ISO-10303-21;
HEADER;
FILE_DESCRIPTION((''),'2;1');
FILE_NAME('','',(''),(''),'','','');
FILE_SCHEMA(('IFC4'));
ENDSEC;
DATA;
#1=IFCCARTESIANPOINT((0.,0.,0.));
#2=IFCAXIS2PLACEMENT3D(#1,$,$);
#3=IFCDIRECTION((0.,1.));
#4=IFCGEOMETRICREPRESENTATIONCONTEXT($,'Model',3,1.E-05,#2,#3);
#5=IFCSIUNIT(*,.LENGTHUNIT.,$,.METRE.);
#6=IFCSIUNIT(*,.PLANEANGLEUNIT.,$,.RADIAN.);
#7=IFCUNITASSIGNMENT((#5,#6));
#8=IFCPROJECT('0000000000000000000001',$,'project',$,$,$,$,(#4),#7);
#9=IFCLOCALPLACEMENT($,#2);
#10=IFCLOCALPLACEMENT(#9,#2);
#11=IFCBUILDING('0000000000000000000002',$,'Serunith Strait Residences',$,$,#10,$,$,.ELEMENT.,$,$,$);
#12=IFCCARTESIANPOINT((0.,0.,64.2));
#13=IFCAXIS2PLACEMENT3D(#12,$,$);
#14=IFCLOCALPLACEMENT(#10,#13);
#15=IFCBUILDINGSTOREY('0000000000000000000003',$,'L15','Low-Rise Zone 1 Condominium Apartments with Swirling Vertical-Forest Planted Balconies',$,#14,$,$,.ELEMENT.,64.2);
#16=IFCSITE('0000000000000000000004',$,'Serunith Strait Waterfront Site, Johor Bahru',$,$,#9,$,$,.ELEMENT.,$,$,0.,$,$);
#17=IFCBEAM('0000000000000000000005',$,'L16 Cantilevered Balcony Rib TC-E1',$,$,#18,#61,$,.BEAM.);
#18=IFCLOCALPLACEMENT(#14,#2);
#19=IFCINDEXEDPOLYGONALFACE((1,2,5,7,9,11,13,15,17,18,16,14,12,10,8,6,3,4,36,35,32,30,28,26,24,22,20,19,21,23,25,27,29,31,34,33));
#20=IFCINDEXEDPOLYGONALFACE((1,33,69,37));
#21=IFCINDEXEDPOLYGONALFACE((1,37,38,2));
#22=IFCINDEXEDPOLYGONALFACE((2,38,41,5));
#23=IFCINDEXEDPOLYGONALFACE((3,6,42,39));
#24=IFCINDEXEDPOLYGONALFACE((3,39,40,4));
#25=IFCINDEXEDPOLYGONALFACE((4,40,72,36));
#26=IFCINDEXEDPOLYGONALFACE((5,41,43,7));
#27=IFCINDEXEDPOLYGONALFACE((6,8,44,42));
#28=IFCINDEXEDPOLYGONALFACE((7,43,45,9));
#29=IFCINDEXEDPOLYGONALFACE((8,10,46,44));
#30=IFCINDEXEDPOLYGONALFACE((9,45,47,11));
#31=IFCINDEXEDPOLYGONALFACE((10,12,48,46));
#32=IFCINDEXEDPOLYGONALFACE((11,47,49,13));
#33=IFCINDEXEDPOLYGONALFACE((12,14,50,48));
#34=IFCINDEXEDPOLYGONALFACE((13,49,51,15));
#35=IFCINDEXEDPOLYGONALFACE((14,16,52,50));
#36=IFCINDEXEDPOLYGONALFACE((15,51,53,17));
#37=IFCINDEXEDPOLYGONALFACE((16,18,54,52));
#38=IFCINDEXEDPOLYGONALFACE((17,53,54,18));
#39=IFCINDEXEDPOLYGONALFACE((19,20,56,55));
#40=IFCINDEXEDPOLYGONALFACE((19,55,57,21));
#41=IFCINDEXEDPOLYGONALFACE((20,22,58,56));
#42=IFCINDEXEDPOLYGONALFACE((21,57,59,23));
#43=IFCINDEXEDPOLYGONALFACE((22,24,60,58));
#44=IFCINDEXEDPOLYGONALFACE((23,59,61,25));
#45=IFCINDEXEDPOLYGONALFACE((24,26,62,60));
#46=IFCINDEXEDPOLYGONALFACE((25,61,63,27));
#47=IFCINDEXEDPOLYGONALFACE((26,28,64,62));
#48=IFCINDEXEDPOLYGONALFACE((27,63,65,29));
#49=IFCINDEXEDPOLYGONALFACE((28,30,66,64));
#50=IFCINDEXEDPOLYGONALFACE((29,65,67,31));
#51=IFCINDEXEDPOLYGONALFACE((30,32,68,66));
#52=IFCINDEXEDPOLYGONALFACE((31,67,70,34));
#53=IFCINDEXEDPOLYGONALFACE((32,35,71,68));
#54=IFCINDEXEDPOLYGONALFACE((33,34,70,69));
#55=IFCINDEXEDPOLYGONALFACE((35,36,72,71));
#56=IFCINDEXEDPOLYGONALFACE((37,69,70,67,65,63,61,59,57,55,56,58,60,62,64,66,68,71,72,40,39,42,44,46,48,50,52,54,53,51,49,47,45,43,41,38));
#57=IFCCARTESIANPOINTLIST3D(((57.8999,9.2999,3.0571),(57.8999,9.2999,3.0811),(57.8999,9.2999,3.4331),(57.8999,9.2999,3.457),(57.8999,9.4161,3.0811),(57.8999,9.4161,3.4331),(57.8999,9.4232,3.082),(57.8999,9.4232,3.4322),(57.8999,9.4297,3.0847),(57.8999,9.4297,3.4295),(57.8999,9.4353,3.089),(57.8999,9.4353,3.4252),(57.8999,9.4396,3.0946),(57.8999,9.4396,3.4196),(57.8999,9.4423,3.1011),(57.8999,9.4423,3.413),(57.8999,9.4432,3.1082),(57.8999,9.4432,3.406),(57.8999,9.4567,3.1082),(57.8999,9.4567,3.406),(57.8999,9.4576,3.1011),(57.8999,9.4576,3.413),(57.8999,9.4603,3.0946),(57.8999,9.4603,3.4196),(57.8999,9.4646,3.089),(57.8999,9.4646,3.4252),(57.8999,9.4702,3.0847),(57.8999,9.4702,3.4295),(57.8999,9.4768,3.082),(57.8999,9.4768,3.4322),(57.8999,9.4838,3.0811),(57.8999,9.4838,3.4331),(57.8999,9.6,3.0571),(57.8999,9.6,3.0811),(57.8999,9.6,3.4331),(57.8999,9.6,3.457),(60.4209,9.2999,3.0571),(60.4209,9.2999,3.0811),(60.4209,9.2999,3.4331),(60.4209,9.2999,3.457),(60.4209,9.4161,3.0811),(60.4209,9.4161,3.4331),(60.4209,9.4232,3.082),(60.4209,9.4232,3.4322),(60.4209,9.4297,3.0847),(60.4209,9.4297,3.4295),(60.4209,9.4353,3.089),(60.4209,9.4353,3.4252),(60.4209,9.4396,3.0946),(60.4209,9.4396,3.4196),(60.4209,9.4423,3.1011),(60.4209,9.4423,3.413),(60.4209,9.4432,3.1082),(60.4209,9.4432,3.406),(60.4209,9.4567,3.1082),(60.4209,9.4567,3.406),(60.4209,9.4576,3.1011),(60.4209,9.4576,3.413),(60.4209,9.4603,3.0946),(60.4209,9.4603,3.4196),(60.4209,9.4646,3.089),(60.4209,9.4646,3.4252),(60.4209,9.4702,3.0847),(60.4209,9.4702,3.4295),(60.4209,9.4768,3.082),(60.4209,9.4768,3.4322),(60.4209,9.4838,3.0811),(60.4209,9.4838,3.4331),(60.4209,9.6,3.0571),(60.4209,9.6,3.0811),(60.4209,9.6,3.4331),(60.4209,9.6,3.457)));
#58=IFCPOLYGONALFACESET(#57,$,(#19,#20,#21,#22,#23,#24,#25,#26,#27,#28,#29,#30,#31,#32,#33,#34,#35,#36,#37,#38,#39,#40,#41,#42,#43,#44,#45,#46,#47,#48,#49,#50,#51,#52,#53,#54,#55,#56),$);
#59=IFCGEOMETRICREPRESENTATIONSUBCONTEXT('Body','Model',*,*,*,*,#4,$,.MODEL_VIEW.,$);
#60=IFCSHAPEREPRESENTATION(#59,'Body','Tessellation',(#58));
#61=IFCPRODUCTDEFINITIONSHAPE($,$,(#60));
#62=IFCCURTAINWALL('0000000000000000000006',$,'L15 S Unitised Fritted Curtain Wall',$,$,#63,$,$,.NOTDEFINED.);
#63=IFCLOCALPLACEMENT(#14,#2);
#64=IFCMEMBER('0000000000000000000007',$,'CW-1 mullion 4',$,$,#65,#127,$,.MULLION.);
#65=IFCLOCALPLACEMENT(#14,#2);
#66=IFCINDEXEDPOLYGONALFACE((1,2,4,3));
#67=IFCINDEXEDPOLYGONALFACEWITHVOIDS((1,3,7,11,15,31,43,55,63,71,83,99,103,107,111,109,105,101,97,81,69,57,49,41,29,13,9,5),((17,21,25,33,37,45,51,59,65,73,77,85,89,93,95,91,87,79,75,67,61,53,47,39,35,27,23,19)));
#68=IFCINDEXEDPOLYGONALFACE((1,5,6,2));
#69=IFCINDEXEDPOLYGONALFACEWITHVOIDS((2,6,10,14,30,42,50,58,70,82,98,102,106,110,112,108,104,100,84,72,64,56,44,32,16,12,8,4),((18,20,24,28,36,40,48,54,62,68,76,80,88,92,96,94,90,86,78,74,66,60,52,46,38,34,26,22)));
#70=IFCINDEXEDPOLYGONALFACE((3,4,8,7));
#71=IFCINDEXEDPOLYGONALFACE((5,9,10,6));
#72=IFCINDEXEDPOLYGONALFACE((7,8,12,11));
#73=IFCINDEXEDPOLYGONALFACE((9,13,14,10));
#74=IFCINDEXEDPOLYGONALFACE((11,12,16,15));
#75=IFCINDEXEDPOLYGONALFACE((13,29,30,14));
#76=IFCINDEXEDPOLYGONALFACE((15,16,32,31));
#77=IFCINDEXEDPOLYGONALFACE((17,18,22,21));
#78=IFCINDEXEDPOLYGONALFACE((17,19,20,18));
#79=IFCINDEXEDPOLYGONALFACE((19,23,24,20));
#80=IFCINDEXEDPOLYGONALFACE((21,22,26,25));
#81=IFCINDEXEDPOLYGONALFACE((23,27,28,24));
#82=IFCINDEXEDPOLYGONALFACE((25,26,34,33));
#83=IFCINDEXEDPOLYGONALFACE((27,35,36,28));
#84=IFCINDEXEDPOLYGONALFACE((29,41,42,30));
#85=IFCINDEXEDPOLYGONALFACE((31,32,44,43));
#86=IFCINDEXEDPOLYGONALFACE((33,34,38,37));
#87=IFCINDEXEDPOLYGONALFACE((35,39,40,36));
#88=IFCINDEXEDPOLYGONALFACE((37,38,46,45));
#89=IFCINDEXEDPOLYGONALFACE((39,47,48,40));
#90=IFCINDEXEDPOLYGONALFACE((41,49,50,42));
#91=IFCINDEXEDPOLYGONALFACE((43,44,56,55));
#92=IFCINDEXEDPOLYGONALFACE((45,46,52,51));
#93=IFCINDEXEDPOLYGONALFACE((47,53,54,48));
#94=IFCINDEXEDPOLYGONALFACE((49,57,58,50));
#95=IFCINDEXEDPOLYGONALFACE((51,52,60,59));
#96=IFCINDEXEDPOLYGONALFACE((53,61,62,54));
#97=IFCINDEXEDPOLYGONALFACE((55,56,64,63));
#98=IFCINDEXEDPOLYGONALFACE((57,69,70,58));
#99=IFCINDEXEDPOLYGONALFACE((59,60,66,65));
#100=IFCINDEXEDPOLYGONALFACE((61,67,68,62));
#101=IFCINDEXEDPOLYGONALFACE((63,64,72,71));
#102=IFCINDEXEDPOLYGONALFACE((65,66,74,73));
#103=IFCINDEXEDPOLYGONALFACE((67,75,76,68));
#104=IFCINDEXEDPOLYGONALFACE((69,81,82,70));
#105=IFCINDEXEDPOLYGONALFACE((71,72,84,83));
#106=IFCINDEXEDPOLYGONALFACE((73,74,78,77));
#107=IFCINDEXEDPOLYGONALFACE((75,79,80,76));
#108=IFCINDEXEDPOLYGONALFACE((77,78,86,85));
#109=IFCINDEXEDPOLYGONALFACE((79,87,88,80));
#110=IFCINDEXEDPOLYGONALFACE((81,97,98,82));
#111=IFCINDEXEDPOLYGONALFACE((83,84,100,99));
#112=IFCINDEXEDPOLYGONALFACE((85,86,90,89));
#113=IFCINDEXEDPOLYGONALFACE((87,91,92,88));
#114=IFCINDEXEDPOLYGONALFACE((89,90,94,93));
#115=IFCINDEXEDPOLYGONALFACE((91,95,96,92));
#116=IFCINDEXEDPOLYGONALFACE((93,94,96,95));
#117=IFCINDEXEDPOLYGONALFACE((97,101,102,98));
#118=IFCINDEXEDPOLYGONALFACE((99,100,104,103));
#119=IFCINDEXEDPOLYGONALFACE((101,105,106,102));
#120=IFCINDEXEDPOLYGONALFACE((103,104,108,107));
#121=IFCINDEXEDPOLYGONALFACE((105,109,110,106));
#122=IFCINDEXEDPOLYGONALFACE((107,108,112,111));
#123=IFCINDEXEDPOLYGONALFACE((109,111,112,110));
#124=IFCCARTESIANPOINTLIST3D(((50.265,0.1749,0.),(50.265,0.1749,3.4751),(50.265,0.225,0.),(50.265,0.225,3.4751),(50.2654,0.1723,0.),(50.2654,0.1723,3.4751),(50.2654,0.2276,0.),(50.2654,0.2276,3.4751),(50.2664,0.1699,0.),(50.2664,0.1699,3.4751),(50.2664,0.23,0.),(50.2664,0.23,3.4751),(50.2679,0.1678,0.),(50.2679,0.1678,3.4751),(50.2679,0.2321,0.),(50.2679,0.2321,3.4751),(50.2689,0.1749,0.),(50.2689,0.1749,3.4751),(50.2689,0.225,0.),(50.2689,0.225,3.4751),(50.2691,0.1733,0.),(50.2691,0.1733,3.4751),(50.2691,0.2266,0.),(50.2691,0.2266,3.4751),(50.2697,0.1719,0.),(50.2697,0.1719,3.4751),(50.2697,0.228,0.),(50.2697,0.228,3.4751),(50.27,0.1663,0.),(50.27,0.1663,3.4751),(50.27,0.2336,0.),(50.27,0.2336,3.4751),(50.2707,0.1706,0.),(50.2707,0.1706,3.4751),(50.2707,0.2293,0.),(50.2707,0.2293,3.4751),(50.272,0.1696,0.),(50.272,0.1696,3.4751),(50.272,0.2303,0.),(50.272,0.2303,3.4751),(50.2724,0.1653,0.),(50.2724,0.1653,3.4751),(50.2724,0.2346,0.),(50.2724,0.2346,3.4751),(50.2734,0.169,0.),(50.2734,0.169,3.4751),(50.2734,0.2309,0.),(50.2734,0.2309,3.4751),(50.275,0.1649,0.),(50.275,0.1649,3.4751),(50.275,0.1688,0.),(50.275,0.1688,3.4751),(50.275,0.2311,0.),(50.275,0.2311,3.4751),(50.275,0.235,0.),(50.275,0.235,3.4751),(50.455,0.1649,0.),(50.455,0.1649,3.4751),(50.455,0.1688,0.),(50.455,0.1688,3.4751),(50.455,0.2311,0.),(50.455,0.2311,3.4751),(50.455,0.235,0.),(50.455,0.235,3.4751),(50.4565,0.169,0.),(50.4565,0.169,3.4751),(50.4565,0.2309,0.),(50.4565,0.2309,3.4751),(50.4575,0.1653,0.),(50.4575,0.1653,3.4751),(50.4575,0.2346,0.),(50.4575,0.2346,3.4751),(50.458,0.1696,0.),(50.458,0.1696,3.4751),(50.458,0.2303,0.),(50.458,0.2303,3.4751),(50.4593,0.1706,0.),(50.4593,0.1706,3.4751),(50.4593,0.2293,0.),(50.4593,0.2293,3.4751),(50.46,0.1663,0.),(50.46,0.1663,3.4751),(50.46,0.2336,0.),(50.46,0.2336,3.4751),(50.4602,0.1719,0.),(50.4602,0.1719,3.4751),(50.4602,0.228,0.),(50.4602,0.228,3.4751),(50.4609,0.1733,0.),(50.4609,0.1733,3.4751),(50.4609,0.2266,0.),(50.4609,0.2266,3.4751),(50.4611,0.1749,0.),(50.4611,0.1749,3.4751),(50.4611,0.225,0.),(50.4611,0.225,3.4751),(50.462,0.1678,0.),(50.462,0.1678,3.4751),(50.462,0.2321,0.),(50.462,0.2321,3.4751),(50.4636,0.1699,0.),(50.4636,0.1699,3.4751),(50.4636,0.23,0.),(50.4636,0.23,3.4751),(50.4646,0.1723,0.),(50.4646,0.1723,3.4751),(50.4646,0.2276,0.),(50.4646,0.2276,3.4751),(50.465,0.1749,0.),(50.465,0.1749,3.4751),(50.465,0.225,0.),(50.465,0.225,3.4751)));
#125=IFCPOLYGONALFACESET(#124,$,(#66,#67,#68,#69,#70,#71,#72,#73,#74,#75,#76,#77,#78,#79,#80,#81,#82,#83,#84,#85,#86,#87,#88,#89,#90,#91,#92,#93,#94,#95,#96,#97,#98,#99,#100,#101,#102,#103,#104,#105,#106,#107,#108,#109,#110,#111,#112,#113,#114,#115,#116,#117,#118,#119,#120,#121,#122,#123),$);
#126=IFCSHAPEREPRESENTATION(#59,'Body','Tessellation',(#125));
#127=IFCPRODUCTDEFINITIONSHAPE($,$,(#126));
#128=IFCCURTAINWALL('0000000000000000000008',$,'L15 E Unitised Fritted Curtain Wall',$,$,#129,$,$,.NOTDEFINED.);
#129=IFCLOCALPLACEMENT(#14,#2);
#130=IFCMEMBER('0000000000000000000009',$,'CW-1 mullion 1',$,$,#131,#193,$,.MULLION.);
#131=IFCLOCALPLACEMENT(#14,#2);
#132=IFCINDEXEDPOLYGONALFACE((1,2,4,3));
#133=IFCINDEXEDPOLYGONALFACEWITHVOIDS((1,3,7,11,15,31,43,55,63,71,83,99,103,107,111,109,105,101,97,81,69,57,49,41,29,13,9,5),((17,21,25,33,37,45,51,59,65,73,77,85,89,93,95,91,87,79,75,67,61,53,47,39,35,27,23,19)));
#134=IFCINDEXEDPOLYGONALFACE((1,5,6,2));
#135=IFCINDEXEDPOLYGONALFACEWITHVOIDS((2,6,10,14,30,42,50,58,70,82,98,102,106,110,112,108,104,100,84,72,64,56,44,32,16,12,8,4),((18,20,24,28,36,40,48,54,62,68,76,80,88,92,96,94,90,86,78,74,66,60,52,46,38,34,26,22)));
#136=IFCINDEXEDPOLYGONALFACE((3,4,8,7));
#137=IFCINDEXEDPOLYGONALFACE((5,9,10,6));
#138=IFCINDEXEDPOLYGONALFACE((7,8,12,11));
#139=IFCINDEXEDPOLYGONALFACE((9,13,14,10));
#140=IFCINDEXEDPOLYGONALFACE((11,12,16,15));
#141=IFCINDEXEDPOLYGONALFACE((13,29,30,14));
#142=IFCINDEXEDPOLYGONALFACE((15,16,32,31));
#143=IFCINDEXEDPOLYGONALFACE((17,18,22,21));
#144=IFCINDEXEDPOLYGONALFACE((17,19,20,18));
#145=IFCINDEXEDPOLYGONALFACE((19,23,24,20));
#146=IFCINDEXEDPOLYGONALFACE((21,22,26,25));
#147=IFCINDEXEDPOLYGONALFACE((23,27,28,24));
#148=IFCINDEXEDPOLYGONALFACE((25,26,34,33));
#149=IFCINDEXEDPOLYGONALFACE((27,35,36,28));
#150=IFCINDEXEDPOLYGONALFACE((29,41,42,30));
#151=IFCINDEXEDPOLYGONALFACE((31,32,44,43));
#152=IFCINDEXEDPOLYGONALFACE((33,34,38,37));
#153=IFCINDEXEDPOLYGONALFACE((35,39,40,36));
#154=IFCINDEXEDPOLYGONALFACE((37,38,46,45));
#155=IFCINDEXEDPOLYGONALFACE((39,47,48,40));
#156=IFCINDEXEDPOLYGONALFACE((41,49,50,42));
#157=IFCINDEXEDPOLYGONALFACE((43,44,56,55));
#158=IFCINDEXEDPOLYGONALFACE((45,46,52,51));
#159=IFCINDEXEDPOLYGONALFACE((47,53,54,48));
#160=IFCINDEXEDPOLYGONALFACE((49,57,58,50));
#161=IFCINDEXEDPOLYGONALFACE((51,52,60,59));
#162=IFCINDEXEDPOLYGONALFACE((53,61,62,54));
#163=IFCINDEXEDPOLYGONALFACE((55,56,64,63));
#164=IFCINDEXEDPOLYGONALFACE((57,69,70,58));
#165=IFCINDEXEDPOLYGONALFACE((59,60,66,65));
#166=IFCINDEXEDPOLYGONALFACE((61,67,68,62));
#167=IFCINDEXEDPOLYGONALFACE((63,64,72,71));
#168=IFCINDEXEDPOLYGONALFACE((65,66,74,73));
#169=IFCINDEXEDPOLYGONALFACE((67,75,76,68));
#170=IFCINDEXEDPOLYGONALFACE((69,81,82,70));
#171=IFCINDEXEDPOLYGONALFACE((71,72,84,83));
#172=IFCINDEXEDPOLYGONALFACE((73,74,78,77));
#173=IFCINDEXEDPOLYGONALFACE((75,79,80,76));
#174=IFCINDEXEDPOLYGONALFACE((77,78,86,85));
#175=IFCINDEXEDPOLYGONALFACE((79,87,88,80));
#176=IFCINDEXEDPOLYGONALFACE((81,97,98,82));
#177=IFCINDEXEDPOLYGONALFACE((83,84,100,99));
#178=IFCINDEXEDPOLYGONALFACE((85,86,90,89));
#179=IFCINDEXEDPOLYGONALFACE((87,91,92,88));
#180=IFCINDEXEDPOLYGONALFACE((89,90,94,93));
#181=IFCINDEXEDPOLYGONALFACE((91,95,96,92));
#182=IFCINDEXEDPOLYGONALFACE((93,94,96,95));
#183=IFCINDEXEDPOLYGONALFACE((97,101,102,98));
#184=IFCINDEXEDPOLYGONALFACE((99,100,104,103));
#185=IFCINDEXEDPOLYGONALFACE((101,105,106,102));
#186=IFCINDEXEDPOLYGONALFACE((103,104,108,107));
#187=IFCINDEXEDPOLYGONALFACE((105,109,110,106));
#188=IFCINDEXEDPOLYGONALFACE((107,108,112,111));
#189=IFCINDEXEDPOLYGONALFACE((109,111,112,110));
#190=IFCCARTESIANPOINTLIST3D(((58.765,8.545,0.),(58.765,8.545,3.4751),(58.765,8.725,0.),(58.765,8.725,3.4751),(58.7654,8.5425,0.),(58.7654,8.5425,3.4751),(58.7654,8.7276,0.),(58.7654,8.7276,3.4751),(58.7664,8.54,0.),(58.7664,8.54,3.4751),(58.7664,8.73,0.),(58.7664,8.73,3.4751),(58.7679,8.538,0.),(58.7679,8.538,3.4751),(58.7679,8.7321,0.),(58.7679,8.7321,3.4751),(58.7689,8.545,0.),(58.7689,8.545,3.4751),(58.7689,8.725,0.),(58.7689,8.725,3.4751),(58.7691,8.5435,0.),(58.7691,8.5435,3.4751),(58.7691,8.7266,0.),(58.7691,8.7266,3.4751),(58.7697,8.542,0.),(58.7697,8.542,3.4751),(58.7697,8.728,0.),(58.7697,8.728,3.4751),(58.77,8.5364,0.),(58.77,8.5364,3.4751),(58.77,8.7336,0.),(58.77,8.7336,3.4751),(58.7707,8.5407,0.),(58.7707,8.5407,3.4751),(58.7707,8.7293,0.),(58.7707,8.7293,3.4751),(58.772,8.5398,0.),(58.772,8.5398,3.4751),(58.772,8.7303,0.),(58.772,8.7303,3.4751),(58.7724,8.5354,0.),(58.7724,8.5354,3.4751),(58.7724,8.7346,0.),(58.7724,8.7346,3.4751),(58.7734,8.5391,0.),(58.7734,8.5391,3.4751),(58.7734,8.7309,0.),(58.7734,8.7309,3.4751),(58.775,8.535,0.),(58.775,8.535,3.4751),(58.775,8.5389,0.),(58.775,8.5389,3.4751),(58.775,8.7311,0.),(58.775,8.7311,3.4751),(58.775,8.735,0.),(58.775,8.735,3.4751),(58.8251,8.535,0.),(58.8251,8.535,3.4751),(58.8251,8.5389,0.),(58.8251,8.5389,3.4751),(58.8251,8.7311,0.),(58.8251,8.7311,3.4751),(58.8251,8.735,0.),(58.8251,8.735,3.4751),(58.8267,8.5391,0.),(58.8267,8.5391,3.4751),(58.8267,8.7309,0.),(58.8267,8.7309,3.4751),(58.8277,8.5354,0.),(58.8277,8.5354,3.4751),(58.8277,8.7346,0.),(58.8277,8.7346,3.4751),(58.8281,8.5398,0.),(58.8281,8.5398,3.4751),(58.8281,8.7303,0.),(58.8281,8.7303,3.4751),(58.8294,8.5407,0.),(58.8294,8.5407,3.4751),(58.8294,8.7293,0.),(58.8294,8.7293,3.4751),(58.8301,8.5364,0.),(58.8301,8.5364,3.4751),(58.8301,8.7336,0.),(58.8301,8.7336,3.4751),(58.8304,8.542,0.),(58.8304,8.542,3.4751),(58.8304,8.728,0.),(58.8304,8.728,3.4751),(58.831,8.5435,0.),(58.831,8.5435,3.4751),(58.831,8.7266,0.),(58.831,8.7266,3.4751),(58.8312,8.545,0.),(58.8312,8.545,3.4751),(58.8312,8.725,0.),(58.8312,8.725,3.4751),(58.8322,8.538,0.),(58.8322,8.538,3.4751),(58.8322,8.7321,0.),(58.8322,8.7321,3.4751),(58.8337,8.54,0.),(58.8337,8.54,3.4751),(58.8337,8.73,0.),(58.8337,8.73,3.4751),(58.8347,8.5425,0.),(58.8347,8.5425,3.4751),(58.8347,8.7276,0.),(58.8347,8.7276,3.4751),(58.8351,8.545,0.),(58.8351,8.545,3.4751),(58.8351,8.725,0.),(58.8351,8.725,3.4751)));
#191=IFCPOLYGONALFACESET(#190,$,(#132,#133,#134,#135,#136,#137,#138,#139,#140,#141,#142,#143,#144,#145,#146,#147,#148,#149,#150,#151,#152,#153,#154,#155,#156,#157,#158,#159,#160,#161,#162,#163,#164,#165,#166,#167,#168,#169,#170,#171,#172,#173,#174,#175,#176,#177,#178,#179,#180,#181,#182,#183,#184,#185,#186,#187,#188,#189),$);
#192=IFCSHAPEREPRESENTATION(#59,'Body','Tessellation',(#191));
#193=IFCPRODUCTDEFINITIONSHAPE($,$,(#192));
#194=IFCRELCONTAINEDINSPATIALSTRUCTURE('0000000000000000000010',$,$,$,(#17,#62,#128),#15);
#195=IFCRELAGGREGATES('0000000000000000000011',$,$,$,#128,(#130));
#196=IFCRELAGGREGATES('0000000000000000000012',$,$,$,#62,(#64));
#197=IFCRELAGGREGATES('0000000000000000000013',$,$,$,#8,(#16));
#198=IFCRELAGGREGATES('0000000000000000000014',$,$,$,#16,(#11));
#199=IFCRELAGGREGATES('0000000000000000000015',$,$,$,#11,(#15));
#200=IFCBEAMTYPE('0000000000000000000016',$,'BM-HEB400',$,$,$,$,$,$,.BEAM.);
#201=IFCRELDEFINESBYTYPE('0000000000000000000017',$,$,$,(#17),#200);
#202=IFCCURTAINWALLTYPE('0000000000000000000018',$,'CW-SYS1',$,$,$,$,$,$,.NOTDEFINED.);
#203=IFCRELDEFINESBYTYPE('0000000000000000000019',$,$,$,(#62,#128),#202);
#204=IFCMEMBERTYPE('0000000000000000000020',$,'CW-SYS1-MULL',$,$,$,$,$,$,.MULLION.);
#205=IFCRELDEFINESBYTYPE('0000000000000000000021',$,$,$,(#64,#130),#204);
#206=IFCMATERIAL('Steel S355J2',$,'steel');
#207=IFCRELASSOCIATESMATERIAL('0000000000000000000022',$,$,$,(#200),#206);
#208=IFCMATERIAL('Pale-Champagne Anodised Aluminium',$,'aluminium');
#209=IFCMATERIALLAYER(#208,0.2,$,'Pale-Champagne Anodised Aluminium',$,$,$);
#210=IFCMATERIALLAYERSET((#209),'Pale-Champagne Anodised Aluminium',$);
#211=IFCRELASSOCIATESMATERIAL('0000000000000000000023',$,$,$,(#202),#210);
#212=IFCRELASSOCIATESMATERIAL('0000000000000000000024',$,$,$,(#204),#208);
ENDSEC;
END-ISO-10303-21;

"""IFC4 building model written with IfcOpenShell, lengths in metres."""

from ifc_helpers import new_model, si_unit, direction, frame, origin, origin_2d, place, context, subcontext, project, spatial, hollow_rectangle, i_section, extrude, source, transform, mapped, material, layer, layer_set, material_profile, profile_set, type_object, element, aggregate, save


model = new_model("IFC4")

# Units and contexts
model_context = context("Model", 3, precision=1e-05, world=origin(), true_north=direction((0.0, 1.0)))
body_context = subcontext(model_context, "Body", "Model", "MODEL_VIEW")
ifc_project = project(units=[si_unit("LENGTHUNIT", "METRE"), si_unit("PLANEANGLEUNIT", "RADIAN")], contexts=[model_context])

# Site, building, storey
site_placement = place(None, origin())
site = spatial("IfcSite", under=ifc_project, at=site_placement, Name="Serunith Strait Waterfront Site, Johor Bahru", CompositionType="ELEMENT", RefElevation=0.0)
building_placement = place(site_placement, origin())
building = spatial("IfcBuilding", under=site, at=building_placement, Name="Serunith Strait Residences", CompositionType="ELEMENT")
storey_placement = place(building_placement, frame((0.0, 0.0, 64.2)))
storey = spatial("IfcBuildingStorey", under=building, at=storey_placement, Name="L15", Description="Low-Rise Zone 1 Condominium Apartments with Swirling Vertical-Forest Planted Balconies", CompositionType="ELEMENT", Elevation=64.2)

# Beam
ifc_material_1 = material(Name="Steel S355J2", Category="steel")
ifc_material_profile_1 = material_profile(ifc_material_1, i_section(OverallWidth=0.3, OverallDepth=0.3999, WebThickness=0.0134, FlangeThickness=0.0239, FilletRadius=0.0271, at=origin_2d()), Name="HEB 400")
ifc_profile_set_1 = profile_set([ifc_material_profile_1], Name="Steel S355J2")
beam_type_1 = type_object("IfcBeamType", Name="BM-HEB400", PredefinedType="BEAM", material=ifc_profile_set_1)
shared_shape_1 = source(origin(), body_context, "Body", "SweptSolid", [
    extrude(i_section(OverallWidth=0.3, OverallDepth=0.3999, WebThickness=0.0134, FlangeThickness=0.0239, FilletRadius=0.0271, at=origin_2d()), origin(), (0.0, 0.0, 1.0), 2.521),
])
beam_1_placement = place(storey_placement, frame((57.8999, 9.45, 3.2571), z_axis=(1.0, 0.0, 0.0), x_axis=(0.0, 1.0, 0.0)))
element("IfcBeam", 1, at=beam_1_placement, inside=storey, type_object=beam_type_1, Name="L16 Cantilevered Balcony Rib TC-E1", PredefinedType="BEAM", context=body_context, shape_type="MappedRepresentation", body=[
    mapped(shared_shape_1, transform((0.0, 0.0, 0.0), scale=1.0)),
])

# Curtain wall, member
ifc_material_2 = material(Name="Pale-Champagne Anodised Aluminium", Category="aluminium")
ifc_layer_1 = layer(ifc_material_2, 0.2, Name="Pale-Champagne Anodised Aluminium")
ifc_layer_set_1 = layer_set([ifc_layer_1], Name="Pale-Champagne Anodised Aluminium")
curtain_wall_type = type_object("IfcCurtainWallType", Name="CW-SYS1", PredefinedType="NOTDEFINED", material=ifc_layer_set_1)
curtain_wall_1_placement = place(storey_placement, origin())
curtain_wall_1 = element("IfcCurtainWall", 2, at=curtain_wall_1_placement, inside=storey, type_object=curtain_wall_type, Name="L15 S Unitised Fritted Curtain Wall", PredefinedType="NOTDEFINED")
ifc_material_profile_2 = material_profile(ifc_material_2, hollow_rectangle(XDim=0.0701, YDim=0.2, WallThickness=0.0039, InnerFilletRadius=0.0061, OuterFilletRadius=0.01, at=origin_2d()), Name="ALU 200x70x4")
ifc_profile_set_2 = profile_set([ifc_material_profile_2], Name="Pale-Champagne Anodised Aluminium")
member_type_1 = type_object("IfcMemberType", Name="CW-SYS1-MULL", PredefinedType="MULLION", material=ifc_profile_set_2)
shared_shape_2 = source(origin(), body_context, "Body", "SweptSolid", [
    extrude(hollow_rectangle(XDim=0.0701, YDim=0.2, WallThickness=0.0039, InnerFilletRadius=0.0061, OuterFilletRadius=0.01, at=origin_2d()), origin(), (0.0, 0.0, 1.0), 3.4751),
])
member_1_placement = place(storey_placement, frame((50.365, 0.2, 0.0), z_axis=(0.0, 0.0, 1.0), x_axis=(0.0, 1.0, 0.0)))
member_1 = element("IfcMember", 3, at=member_1_placement, type_object=member_type_1, Name="CW-1 mullion 4", PredefinedType="MULLION", context=body_context, shape_type="MappedRepresentation", body=[
    mapped(shared_shape_2, transform((0.0, 0.0, 0.0), scale=1.0)),
])

# Curtain wall, member
curtain_wall_2_placement = place(storey_placement, origin())
curtain_wall_2 = element("IfcCurtainWall", 4, at=curtain_wall_2_placement, inside=storey, type_object=curtain_wall_type, Name="L15 E Unitised Fritted Curtain Wall", PredefinedType="NOTDEFINED")
member_2_placement = place(storey_placement, frame((58.8, 8.635, 0.0), z_axis=(0.0, 0.0, 1.0), x_axis=(-1.0, 0.0, 0.0)))
member_2 = element("IfcMember", 5, at=member_2_placement, type_object=member_type_1, Name="CW-1 mullion 1", PredefinedType="MULLION", context=body_context, shape_type="MappedRepresentation", body=[
    mapped(shared_shape_2, transform((0.0, 0.0, 0.0), scale=1.0)),
])
aggregate(curtain_wall_2, [member_2])

aggregate(curtain_wall_1, [member_1])

save(model, "model.ifc")
